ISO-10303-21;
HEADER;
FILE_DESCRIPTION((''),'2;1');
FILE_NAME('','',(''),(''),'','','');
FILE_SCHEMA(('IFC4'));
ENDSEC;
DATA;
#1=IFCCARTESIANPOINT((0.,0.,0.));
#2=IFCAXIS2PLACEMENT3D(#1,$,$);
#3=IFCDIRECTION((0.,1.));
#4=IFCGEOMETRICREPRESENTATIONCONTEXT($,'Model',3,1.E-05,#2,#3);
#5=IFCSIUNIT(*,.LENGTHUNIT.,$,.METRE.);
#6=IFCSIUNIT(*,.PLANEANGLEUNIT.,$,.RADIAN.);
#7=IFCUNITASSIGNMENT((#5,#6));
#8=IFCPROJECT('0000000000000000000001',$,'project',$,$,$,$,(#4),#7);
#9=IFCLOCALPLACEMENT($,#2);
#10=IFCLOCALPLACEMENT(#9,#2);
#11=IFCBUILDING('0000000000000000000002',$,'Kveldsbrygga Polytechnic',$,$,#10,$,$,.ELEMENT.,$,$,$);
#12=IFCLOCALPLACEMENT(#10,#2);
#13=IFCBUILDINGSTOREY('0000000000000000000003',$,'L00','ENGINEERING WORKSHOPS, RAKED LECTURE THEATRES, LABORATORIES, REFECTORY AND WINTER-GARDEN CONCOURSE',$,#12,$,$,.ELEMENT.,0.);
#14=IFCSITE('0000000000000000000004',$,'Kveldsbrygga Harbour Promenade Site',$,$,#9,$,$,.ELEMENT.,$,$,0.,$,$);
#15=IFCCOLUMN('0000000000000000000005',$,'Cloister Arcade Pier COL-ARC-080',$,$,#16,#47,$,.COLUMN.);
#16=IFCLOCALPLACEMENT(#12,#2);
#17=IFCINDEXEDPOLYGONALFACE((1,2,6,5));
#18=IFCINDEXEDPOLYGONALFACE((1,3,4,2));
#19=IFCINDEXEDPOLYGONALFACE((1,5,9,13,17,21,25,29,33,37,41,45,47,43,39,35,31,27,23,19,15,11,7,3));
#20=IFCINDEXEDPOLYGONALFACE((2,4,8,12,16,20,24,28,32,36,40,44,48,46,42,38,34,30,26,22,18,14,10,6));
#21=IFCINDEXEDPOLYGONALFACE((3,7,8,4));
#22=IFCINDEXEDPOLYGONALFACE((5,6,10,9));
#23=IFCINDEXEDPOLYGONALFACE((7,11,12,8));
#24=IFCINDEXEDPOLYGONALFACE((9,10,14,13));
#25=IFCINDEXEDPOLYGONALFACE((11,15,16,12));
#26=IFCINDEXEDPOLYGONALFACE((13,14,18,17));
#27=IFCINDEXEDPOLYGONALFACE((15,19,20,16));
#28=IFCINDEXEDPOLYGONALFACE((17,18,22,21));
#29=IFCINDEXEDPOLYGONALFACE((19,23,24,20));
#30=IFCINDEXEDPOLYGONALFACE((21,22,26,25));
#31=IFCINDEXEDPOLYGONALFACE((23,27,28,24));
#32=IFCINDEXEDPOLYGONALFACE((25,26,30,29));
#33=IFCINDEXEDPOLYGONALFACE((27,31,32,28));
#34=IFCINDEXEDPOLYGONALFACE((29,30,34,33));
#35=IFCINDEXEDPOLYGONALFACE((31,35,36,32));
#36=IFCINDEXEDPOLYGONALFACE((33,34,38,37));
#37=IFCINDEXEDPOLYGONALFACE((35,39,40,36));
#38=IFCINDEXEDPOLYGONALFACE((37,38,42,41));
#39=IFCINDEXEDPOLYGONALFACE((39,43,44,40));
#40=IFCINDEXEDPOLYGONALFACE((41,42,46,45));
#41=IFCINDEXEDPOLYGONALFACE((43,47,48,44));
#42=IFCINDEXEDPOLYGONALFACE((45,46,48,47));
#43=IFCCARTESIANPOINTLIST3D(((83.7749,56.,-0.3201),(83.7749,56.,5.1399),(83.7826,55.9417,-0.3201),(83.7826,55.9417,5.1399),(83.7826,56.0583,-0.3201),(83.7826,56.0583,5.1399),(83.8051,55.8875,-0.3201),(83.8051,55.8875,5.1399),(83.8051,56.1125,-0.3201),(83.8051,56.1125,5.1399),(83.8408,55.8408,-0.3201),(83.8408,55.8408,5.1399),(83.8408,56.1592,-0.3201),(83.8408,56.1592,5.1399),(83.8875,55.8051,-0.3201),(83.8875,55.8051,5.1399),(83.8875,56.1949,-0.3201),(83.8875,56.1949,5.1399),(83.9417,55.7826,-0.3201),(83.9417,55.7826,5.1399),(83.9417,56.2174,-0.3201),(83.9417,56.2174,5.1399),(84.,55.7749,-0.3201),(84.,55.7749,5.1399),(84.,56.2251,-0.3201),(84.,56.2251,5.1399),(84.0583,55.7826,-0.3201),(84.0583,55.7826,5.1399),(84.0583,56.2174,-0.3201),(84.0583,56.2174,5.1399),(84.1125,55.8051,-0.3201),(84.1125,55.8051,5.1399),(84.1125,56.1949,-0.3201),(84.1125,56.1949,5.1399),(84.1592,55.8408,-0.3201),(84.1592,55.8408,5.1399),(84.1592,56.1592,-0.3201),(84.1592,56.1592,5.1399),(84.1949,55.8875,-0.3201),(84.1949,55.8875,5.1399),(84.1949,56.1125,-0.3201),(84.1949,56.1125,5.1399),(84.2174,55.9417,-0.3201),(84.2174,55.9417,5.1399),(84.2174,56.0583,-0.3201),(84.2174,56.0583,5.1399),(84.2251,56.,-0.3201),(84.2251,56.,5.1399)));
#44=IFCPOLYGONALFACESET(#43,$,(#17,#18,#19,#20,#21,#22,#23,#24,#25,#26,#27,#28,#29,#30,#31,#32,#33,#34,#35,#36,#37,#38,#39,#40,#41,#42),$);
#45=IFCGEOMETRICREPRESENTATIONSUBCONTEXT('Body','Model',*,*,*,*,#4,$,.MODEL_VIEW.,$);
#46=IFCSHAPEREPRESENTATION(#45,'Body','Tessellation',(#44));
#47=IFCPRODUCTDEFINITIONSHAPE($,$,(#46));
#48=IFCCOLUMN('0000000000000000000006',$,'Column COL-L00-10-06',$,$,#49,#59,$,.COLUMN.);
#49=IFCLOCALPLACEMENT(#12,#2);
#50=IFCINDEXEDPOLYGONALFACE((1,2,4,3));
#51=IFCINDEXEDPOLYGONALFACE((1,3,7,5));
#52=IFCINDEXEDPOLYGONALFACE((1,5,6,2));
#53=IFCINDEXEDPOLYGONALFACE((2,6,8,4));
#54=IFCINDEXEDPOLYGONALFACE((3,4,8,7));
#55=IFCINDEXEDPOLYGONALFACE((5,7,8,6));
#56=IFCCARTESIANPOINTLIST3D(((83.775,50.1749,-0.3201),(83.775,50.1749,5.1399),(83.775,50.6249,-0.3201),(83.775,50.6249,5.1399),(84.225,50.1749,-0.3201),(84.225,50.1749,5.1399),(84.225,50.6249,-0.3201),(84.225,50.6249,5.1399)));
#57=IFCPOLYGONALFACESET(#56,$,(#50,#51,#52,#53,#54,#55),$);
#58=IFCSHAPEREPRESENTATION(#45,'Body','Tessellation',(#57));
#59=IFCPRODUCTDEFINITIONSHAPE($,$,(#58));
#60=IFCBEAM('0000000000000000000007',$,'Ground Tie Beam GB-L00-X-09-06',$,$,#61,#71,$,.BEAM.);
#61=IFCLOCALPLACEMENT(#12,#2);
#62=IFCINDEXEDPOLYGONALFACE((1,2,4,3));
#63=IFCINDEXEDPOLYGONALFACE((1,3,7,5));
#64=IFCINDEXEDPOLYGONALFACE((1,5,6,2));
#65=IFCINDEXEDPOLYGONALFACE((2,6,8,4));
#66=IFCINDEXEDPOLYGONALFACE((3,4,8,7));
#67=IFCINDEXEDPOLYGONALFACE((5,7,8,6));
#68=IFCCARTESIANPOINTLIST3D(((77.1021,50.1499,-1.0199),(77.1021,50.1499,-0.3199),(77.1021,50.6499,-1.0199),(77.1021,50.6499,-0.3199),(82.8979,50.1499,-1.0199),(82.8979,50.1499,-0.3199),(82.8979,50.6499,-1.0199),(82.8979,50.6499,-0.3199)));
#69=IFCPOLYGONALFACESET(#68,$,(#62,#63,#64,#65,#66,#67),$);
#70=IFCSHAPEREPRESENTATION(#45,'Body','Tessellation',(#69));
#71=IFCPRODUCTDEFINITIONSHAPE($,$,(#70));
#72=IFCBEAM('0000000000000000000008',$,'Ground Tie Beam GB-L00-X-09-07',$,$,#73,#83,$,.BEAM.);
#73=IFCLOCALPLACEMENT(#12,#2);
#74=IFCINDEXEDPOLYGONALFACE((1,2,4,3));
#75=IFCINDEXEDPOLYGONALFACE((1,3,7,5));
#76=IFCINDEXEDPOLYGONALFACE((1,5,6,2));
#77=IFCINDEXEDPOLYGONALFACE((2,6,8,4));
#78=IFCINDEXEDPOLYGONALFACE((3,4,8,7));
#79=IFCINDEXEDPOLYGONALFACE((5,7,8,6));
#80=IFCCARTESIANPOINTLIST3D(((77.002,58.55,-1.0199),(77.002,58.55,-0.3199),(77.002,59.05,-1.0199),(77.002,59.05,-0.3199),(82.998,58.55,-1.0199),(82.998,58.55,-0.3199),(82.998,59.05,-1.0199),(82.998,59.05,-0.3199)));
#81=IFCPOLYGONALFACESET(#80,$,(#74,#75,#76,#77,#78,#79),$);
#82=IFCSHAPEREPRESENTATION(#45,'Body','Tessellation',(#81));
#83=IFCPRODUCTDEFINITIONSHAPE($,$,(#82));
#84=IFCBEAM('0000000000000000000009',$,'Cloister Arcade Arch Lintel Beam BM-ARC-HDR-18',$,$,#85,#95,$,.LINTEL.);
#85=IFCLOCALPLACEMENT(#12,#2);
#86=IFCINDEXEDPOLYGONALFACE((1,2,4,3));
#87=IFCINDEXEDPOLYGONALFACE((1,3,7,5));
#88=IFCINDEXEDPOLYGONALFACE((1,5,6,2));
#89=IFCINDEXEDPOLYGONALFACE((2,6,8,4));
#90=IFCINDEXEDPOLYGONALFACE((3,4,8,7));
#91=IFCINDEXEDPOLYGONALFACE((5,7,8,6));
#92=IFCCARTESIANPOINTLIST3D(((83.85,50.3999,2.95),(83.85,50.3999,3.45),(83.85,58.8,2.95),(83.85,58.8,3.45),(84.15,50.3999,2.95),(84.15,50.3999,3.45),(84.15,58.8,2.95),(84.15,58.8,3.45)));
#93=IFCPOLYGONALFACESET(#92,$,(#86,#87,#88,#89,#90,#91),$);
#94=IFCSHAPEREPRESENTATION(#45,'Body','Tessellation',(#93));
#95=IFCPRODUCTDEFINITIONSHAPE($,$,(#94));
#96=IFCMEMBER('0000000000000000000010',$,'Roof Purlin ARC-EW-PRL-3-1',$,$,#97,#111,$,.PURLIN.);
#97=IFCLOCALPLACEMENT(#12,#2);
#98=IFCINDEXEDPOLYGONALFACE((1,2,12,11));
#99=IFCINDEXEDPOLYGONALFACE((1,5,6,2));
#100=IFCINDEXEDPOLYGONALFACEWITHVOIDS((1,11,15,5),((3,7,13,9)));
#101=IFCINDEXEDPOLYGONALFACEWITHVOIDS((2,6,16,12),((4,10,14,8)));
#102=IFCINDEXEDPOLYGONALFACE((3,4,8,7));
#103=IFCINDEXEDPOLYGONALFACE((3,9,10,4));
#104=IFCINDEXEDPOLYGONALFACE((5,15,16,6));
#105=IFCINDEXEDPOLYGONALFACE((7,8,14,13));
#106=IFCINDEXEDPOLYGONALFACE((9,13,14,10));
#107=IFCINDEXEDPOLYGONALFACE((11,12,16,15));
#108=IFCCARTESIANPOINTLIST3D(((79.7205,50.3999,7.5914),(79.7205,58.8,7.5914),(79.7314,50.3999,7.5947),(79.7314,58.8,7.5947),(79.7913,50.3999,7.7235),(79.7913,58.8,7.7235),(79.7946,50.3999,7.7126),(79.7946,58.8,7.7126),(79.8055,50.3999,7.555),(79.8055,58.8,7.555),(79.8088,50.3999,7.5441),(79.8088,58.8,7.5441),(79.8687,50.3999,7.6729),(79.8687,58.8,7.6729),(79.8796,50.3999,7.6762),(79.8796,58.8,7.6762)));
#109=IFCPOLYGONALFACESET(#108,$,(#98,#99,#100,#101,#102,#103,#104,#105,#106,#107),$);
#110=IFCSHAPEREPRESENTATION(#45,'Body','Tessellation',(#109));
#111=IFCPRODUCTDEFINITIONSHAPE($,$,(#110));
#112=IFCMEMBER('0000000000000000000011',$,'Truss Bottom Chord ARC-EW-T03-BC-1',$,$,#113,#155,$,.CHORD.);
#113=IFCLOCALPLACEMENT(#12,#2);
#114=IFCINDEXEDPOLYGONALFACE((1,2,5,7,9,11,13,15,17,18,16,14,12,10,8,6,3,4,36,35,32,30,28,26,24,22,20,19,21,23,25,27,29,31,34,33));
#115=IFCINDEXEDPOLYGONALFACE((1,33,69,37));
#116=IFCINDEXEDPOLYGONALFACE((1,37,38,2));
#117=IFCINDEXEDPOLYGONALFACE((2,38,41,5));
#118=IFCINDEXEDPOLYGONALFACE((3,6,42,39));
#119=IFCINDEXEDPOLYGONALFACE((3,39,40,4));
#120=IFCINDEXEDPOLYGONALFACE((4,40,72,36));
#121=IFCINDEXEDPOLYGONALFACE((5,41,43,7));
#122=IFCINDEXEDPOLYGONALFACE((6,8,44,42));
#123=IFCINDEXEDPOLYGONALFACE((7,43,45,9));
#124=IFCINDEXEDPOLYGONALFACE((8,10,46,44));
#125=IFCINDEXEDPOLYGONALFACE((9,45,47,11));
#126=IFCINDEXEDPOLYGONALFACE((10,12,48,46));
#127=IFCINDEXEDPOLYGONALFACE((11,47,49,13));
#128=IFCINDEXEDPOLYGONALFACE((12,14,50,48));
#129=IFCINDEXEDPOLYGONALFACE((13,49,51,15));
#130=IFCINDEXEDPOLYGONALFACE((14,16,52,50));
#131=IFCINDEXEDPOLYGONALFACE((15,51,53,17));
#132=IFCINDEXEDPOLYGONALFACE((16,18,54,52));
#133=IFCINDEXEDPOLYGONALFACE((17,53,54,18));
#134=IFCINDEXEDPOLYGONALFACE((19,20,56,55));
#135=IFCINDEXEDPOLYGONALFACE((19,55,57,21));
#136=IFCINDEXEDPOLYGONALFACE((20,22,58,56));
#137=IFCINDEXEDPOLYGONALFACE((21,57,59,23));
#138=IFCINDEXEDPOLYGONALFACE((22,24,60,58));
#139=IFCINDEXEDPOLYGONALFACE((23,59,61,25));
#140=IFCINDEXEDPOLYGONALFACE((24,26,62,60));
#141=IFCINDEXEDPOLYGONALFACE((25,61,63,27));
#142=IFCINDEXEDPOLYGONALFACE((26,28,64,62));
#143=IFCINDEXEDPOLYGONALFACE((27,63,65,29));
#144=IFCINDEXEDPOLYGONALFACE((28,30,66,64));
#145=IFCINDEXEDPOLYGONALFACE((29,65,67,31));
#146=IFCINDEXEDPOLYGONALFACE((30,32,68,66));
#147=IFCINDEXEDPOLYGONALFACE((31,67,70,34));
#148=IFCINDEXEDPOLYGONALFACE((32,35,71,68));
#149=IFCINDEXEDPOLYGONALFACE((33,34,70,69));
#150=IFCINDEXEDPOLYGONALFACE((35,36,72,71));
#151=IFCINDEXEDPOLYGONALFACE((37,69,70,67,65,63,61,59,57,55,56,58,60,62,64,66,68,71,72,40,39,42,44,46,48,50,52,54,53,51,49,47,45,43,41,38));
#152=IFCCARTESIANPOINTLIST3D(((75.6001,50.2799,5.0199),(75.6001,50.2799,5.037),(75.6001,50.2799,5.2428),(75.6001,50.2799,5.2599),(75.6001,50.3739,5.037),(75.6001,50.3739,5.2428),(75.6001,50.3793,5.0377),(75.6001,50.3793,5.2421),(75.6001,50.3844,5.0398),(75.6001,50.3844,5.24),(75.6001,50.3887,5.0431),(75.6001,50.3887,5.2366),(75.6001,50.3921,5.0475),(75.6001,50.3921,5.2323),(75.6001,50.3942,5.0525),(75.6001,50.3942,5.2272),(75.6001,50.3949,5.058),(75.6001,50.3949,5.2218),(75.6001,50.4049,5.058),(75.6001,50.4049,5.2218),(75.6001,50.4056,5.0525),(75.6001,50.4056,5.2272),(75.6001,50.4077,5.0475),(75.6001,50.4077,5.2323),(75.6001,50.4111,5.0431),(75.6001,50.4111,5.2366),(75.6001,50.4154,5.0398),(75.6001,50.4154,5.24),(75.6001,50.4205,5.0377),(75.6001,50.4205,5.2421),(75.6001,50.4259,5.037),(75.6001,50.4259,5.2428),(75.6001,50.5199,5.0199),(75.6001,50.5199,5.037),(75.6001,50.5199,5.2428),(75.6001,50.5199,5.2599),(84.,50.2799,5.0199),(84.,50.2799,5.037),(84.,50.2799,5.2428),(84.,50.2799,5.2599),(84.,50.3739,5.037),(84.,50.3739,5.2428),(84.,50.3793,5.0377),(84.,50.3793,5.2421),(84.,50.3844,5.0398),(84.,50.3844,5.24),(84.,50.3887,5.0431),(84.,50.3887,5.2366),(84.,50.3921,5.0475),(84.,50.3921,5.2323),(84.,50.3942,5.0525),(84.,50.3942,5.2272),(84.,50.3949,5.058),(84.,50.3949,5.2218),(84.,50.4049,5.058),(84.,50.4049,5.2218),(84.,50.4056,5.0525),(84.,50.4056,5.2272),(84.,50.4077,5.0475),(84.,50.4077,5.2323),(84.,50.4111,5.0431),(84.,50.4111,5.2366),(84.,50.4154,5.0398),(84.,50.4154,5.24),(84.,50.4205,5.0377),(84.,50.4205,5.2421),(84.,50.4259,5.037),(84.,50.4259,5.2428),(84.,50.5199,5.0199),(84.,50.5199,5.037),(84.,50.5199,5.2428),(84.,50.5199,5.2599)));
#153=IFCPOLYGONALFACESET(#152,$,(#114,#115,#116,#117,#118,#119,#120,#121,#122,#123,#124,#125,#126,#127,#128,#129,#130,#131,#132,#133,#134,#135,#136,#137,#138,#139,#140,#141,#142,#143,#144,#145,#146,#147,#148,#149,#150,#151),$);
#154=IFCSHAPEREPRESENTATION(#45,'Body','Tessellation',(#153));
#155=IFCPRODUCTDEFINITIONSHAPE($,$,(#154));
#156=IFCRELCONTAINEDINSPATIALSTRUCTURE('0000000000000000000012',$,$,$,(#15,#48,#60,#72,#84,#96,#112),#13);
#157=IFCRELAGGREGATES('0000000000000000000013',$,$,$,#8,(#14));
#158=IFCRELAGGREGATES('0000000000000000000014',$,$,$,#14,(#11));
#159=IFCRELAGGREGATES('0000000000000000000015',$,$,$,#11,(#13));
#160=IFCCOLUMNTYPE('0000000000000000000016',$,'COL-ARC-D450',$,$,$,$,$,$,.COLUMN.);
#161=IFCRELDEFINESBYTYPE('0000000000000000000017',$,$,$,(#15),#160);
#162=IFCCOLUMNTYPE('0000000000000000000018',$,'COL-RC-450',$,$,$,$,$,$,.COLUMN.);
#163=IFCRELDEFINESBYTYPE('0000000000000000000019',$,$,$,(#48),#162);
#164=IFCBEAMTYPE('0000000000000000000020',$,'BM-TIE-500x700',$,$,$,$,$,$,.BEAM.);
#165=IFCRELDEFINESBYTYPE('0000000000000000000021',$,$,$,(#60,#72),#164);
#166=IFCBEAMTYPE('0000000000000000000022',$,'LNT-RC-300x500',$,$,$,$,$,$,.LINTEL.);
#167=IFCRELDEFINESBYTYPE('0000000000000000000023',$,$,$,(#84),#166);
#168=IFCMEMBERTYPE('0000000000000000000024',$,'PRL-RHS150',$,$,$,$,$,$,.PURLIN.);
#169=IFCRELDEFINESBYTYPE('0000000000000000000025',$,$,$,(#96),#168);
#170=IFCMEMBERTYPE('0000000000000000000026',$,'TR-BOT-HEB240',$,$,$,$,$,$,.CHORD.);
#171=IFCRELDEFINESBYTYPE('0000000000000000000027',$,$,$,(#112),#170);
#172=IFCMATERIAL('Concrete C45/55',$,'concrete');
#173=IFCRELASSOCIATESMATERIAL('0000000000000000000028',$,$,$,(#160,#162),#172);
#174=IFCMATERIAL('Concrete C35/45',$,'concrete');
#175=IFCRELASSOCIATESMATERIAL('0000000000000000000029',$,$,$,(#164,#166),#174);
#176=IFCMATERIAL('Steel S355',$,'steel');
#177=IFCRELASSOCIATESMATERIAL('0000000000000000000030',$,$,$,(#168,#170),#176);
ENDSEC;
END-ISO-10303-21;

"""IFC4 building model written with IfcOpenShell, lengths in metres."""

from ifc_helpers import new_model, si_unit, direction, frame, origin, origin_2d, place, context, subcontext, project, spatial, rectangle, hollow_rectangle, circle, i_section, extrude, material, material_profile, profile_set, type_object, element, save


model = new_model("IFC4")

# Units and contexts
model_context = context("Model", 3, precision=1e-05, world=origin(), true_north=direction((0.0, 1.0)))
body_context = subcontext(model_context, "Body", "Model", "MODEL_VIEW")
ifc_project = project(units=[si_unit("LENGTHUNIT", "METRE"), si_unit("PLANEANGLEUNIT", "RADIAN")], contexts=[model_context])

# Site, building, storey
site_placement = place(None, origin())
site = spatial("IfcSite", under=ifc_project, at=site_placement, Name="Kveldsbrygga Harbour Promenade Site", CompositionType="ELEMENT", RefElevation=0.0)
building_placement = place(site_placement, origin())
building = spatial("IfcBuilding", under=site, at=building_placement, Name="Kveldsbrygga Polytechnic", CompositionType="ELEMENT")
storey_placement = place(building_placement, origin())
storey = spatial("IfcBuildingStorey", under=building, at=storey_placement, Name="L00", Description="ENGINEERING WORKSHOPS, RAKED LECTURE THEATRES, LABORATORIES, REFECTORY AND WINTER-GARDEN CONCOURSE", CompositionType="ELEMENT", Elevation=0.0)

# Shared definitions
ifc_material_1 = material(Name="Concrete C35/45", Category="concrete")

# Shared definitions
ifc_material_2 = material(Name="Concrete C45/55", Category="concrete")

# Columns
ifc_material_profile_1 = material_profile(ifc_material_2, circle(Radius=0.2251, at=origin_2d()), Name="RC D450")
ifc_profile_set_1 = profile_set([ifc_material_profile_1], Name="Concrete C45/55")
column_type_1 = type_object("IfcColumnType", Name="COL-ARC-D450", PredefinedType="COLUMN", material=ifc_profile_set_1)
for number, where, z_axis, x_axis, name in (
    (1, (84.0, 56.0, -0.3201), (0.0, 0.0, 1.0), (1.0, 0.0, 0.0), "Cloister Arcade Pier COL-ARC-080"),
):
    element("IfcColumn", number, at=place(storey_placement, frame(where, z_axis=z_axis, x_axis=x_axis)), inside=storey, type_object=column_type_1, Name=name, PredefinedType="COLUMN", context=body_context, shape_type="SweptSolid", body=[
        extrude(circle(Radius=0.2251, at=origin_2d()), origin(), (0.0, 0.0, 1.0), 5.46),
    ])
ifc_material_profile_2 = material_profile(ifc_material_2, rectangle(XDim=0.45, YDim=0.45, at=origin_2d()), Name="RC 450x450")
ifc_profile_set_2 = profile_set([ifc_material_profile_2], Name="Concrete C45/55")
column_type_2 = type_object("IfcColumnType", Name="COL-RC-450", PredefinedType="COLUMN", material=ifc_profile_set_2)
column_placement = place(storey_placement, frame((84.0, 50.3999, -0.3201), z_axis=(0.0, 0.0, 1.0), x_axis=(1.0, 0.0, 0.0)))
element("IfcColumn", 2, at=column_placement, inside=storey, type_object=column_type_2, Name="Column COL-L00-10-06", PredefinedType="COLUMN", context=body_context, shape_type="SweptSolid", body=[
    extrude(rectangle(XDim=0.45, YDim=0.45, at=origin_2d()), origin(), (0.0, 0.0, 1.0), 5.46),
])

# Beams
ifc_material_profile_3 = material_profile(ifc_material_1, rectangle(XDim=0.5, YDim=0.7, at=origin_2d()), Name="RC 500x700")
ifc_profile_set_3 = profile_set([ifc_material_profile_3], Name="Concrete C35/45")
beam_type_1 = type_object("IfcBeamType", Name="BM-TIE-500x700", PredefinedType="BEAM", material=ifc_profile_set_3)
beam_1_placement = place(storey_placement, frame((77.1021, 50.3999, -0.6699), z_axis=(1.0, 0.0, 0.0), x_axis=(0.0, 1.0, 0.0)))
element("IfcBeam", 3, at=beam_1_placement, inside=storey, type_object=beam_type_1, Name="Ground Tie Beam GB-L00-X-09-06", PredefinedType="BEAM", context=body_context, shape_type="SweptSolid", body=[
    extrude(rectangle(XDim=0.5, YDim=0.7, at=origin_2d()), origin(), (0.0, 0.0, 1.0), 5.7959),
])
beam_2_placement = place(storey_placement, frame((77.002, 58.8, -0.6699), z_axis=(1.0, 0.0, 0.0), x_axis=(0.0, 1.0, 0.0)))
element("IfcBeam", 4, at=beam_2_placement, inside=storey, type_object=beam_type_1, Name="Ground Tie Beam GB-L00-X-09-07", PredefinedType="BEAM", context=body_context, shape_type="SweptSolid", body=[
    extrude(rectangle(XDim=0.5, YDim=0.7, at=origin_2d()), origin(), (0.0, 0.0, 1.0), 5.9961),
])
ifc_material_profile_4 = material_profile(ifc_material_1, rectangle(XDim=0.3, YDim=0.5, at=origin_2d()), Name="RC 300x500")
ifc_profile_set_4 = profile_set([ifc_material_profile_4], Name="Concrete C35/45")
beam_type_2 = type_object("IfcBeamType", Name="LNT-RC-300x500", PredefinedType="LINTEL", material=ifc_profile_set_4)
beam_3_placement = place(storey_placement, frame((84.0, 50.3999, 3.2), z_axis=(0.0, 1.0, 0.0), x_axis=(-1.0, 0.0, 0.0)))
element("IfcBeam", 5, at=beam_3_placement, inside=storey, type_object=beam_type_2, Name="Cloister Arcade Arch Lintel Beam BM-ARC-HDR-18", PredefinedType="LINTEL", context=body_context, shape_type="SweptSolid", body=[
    extrude(rectangle(XDim=0.3, YDim=0.5, at=origin_2d()), origin(), (0.0, 0.0, 1.0), 8.4001),
])

# Members
ifc_material_3 = material(Name="Steel S355", Category="steel")
ifc_material_profile_5 = material_profile(ifc_material_3, hollow_rectangle(XDim=0.1001, YDim=0.1499, WallThickness=0.0081, at=origin_2d()), Name="RHS 150x100x8.0")
ifc_profile_set_5 = profile_set([ifc_material_profile_5], Name="Steel S355")
member_type_1 = type_object("IfcMemberType", Name="PRL-RHS150", PredefinedType="PURLIN", material=ifc_profile_set_5)
member_1_placement = place(storey_placement, frame((79.8, 50.3999, 7.6338), z_axis=(0.0, 1.0, 0.0), x_axis=(-0.88148, 0.0, 0.472222)))
element("IfcMember", 6, at=member_1_placement, inside=storey, type_object=member_type_1, Name="Roof Purlin ARC-EW-PRL-3-1", PredefinedType="PURLIN", context=body_context, shape_type="SweptSolid", body=[
    extrude(hollow_rectangle(XDim=0.1001, YDim=0.1499, WallThickness=0.0081, at=origin_2d()), origin(), (0.0, 0.0, 1.0), 8.4001),
])
ifc_material_profile_6 = material_profile(ifc_material_3, i_section(OverallWidth=0.24, OverallDepth=0.24, WebThickness=0.01, FlangeThickness=0.0171, FilletRadius=0.021, at=origin_2d()), Name="HEB 240")
ifc_profile_set_6 = profile_set([ifc_material_profile_6], Name="Steel S355")
member_type_2 = type_object("IfcMemberType", Name="TR-BOT-HEB240", PredefinedType="CHORD", material=ifc_profile_set_6)
for number, where, z_axis, x_axis, name in (
    (7, (75.6001, 50.3999, 5.1399), (1.0, 0.0, 0.0), (0.0, 1.0, 0.0), "Truss Bottom Chord ARC-EW-T03-BC-1"),
):
    element("IfcMember", number, at=place(storey_placement, frame(where, z_axis=z_axis, x_axis=x_axis)), inside=storey, type_object=member_type_2, Name=name, PredefinedType="CHORD", context=body_context, shape_type="SweptSolid", body=[
        extrude(i_section(OverallWidth=0.24, OverallDepth=0.24, WebThickness=0.01, FlangeThickness=0.0171, FilletRadius=0.021, at=origin_2d()), origin(), (0.0, 0.0, 1.0), 8.3999),
    ])

save(model, "model.ifc")
